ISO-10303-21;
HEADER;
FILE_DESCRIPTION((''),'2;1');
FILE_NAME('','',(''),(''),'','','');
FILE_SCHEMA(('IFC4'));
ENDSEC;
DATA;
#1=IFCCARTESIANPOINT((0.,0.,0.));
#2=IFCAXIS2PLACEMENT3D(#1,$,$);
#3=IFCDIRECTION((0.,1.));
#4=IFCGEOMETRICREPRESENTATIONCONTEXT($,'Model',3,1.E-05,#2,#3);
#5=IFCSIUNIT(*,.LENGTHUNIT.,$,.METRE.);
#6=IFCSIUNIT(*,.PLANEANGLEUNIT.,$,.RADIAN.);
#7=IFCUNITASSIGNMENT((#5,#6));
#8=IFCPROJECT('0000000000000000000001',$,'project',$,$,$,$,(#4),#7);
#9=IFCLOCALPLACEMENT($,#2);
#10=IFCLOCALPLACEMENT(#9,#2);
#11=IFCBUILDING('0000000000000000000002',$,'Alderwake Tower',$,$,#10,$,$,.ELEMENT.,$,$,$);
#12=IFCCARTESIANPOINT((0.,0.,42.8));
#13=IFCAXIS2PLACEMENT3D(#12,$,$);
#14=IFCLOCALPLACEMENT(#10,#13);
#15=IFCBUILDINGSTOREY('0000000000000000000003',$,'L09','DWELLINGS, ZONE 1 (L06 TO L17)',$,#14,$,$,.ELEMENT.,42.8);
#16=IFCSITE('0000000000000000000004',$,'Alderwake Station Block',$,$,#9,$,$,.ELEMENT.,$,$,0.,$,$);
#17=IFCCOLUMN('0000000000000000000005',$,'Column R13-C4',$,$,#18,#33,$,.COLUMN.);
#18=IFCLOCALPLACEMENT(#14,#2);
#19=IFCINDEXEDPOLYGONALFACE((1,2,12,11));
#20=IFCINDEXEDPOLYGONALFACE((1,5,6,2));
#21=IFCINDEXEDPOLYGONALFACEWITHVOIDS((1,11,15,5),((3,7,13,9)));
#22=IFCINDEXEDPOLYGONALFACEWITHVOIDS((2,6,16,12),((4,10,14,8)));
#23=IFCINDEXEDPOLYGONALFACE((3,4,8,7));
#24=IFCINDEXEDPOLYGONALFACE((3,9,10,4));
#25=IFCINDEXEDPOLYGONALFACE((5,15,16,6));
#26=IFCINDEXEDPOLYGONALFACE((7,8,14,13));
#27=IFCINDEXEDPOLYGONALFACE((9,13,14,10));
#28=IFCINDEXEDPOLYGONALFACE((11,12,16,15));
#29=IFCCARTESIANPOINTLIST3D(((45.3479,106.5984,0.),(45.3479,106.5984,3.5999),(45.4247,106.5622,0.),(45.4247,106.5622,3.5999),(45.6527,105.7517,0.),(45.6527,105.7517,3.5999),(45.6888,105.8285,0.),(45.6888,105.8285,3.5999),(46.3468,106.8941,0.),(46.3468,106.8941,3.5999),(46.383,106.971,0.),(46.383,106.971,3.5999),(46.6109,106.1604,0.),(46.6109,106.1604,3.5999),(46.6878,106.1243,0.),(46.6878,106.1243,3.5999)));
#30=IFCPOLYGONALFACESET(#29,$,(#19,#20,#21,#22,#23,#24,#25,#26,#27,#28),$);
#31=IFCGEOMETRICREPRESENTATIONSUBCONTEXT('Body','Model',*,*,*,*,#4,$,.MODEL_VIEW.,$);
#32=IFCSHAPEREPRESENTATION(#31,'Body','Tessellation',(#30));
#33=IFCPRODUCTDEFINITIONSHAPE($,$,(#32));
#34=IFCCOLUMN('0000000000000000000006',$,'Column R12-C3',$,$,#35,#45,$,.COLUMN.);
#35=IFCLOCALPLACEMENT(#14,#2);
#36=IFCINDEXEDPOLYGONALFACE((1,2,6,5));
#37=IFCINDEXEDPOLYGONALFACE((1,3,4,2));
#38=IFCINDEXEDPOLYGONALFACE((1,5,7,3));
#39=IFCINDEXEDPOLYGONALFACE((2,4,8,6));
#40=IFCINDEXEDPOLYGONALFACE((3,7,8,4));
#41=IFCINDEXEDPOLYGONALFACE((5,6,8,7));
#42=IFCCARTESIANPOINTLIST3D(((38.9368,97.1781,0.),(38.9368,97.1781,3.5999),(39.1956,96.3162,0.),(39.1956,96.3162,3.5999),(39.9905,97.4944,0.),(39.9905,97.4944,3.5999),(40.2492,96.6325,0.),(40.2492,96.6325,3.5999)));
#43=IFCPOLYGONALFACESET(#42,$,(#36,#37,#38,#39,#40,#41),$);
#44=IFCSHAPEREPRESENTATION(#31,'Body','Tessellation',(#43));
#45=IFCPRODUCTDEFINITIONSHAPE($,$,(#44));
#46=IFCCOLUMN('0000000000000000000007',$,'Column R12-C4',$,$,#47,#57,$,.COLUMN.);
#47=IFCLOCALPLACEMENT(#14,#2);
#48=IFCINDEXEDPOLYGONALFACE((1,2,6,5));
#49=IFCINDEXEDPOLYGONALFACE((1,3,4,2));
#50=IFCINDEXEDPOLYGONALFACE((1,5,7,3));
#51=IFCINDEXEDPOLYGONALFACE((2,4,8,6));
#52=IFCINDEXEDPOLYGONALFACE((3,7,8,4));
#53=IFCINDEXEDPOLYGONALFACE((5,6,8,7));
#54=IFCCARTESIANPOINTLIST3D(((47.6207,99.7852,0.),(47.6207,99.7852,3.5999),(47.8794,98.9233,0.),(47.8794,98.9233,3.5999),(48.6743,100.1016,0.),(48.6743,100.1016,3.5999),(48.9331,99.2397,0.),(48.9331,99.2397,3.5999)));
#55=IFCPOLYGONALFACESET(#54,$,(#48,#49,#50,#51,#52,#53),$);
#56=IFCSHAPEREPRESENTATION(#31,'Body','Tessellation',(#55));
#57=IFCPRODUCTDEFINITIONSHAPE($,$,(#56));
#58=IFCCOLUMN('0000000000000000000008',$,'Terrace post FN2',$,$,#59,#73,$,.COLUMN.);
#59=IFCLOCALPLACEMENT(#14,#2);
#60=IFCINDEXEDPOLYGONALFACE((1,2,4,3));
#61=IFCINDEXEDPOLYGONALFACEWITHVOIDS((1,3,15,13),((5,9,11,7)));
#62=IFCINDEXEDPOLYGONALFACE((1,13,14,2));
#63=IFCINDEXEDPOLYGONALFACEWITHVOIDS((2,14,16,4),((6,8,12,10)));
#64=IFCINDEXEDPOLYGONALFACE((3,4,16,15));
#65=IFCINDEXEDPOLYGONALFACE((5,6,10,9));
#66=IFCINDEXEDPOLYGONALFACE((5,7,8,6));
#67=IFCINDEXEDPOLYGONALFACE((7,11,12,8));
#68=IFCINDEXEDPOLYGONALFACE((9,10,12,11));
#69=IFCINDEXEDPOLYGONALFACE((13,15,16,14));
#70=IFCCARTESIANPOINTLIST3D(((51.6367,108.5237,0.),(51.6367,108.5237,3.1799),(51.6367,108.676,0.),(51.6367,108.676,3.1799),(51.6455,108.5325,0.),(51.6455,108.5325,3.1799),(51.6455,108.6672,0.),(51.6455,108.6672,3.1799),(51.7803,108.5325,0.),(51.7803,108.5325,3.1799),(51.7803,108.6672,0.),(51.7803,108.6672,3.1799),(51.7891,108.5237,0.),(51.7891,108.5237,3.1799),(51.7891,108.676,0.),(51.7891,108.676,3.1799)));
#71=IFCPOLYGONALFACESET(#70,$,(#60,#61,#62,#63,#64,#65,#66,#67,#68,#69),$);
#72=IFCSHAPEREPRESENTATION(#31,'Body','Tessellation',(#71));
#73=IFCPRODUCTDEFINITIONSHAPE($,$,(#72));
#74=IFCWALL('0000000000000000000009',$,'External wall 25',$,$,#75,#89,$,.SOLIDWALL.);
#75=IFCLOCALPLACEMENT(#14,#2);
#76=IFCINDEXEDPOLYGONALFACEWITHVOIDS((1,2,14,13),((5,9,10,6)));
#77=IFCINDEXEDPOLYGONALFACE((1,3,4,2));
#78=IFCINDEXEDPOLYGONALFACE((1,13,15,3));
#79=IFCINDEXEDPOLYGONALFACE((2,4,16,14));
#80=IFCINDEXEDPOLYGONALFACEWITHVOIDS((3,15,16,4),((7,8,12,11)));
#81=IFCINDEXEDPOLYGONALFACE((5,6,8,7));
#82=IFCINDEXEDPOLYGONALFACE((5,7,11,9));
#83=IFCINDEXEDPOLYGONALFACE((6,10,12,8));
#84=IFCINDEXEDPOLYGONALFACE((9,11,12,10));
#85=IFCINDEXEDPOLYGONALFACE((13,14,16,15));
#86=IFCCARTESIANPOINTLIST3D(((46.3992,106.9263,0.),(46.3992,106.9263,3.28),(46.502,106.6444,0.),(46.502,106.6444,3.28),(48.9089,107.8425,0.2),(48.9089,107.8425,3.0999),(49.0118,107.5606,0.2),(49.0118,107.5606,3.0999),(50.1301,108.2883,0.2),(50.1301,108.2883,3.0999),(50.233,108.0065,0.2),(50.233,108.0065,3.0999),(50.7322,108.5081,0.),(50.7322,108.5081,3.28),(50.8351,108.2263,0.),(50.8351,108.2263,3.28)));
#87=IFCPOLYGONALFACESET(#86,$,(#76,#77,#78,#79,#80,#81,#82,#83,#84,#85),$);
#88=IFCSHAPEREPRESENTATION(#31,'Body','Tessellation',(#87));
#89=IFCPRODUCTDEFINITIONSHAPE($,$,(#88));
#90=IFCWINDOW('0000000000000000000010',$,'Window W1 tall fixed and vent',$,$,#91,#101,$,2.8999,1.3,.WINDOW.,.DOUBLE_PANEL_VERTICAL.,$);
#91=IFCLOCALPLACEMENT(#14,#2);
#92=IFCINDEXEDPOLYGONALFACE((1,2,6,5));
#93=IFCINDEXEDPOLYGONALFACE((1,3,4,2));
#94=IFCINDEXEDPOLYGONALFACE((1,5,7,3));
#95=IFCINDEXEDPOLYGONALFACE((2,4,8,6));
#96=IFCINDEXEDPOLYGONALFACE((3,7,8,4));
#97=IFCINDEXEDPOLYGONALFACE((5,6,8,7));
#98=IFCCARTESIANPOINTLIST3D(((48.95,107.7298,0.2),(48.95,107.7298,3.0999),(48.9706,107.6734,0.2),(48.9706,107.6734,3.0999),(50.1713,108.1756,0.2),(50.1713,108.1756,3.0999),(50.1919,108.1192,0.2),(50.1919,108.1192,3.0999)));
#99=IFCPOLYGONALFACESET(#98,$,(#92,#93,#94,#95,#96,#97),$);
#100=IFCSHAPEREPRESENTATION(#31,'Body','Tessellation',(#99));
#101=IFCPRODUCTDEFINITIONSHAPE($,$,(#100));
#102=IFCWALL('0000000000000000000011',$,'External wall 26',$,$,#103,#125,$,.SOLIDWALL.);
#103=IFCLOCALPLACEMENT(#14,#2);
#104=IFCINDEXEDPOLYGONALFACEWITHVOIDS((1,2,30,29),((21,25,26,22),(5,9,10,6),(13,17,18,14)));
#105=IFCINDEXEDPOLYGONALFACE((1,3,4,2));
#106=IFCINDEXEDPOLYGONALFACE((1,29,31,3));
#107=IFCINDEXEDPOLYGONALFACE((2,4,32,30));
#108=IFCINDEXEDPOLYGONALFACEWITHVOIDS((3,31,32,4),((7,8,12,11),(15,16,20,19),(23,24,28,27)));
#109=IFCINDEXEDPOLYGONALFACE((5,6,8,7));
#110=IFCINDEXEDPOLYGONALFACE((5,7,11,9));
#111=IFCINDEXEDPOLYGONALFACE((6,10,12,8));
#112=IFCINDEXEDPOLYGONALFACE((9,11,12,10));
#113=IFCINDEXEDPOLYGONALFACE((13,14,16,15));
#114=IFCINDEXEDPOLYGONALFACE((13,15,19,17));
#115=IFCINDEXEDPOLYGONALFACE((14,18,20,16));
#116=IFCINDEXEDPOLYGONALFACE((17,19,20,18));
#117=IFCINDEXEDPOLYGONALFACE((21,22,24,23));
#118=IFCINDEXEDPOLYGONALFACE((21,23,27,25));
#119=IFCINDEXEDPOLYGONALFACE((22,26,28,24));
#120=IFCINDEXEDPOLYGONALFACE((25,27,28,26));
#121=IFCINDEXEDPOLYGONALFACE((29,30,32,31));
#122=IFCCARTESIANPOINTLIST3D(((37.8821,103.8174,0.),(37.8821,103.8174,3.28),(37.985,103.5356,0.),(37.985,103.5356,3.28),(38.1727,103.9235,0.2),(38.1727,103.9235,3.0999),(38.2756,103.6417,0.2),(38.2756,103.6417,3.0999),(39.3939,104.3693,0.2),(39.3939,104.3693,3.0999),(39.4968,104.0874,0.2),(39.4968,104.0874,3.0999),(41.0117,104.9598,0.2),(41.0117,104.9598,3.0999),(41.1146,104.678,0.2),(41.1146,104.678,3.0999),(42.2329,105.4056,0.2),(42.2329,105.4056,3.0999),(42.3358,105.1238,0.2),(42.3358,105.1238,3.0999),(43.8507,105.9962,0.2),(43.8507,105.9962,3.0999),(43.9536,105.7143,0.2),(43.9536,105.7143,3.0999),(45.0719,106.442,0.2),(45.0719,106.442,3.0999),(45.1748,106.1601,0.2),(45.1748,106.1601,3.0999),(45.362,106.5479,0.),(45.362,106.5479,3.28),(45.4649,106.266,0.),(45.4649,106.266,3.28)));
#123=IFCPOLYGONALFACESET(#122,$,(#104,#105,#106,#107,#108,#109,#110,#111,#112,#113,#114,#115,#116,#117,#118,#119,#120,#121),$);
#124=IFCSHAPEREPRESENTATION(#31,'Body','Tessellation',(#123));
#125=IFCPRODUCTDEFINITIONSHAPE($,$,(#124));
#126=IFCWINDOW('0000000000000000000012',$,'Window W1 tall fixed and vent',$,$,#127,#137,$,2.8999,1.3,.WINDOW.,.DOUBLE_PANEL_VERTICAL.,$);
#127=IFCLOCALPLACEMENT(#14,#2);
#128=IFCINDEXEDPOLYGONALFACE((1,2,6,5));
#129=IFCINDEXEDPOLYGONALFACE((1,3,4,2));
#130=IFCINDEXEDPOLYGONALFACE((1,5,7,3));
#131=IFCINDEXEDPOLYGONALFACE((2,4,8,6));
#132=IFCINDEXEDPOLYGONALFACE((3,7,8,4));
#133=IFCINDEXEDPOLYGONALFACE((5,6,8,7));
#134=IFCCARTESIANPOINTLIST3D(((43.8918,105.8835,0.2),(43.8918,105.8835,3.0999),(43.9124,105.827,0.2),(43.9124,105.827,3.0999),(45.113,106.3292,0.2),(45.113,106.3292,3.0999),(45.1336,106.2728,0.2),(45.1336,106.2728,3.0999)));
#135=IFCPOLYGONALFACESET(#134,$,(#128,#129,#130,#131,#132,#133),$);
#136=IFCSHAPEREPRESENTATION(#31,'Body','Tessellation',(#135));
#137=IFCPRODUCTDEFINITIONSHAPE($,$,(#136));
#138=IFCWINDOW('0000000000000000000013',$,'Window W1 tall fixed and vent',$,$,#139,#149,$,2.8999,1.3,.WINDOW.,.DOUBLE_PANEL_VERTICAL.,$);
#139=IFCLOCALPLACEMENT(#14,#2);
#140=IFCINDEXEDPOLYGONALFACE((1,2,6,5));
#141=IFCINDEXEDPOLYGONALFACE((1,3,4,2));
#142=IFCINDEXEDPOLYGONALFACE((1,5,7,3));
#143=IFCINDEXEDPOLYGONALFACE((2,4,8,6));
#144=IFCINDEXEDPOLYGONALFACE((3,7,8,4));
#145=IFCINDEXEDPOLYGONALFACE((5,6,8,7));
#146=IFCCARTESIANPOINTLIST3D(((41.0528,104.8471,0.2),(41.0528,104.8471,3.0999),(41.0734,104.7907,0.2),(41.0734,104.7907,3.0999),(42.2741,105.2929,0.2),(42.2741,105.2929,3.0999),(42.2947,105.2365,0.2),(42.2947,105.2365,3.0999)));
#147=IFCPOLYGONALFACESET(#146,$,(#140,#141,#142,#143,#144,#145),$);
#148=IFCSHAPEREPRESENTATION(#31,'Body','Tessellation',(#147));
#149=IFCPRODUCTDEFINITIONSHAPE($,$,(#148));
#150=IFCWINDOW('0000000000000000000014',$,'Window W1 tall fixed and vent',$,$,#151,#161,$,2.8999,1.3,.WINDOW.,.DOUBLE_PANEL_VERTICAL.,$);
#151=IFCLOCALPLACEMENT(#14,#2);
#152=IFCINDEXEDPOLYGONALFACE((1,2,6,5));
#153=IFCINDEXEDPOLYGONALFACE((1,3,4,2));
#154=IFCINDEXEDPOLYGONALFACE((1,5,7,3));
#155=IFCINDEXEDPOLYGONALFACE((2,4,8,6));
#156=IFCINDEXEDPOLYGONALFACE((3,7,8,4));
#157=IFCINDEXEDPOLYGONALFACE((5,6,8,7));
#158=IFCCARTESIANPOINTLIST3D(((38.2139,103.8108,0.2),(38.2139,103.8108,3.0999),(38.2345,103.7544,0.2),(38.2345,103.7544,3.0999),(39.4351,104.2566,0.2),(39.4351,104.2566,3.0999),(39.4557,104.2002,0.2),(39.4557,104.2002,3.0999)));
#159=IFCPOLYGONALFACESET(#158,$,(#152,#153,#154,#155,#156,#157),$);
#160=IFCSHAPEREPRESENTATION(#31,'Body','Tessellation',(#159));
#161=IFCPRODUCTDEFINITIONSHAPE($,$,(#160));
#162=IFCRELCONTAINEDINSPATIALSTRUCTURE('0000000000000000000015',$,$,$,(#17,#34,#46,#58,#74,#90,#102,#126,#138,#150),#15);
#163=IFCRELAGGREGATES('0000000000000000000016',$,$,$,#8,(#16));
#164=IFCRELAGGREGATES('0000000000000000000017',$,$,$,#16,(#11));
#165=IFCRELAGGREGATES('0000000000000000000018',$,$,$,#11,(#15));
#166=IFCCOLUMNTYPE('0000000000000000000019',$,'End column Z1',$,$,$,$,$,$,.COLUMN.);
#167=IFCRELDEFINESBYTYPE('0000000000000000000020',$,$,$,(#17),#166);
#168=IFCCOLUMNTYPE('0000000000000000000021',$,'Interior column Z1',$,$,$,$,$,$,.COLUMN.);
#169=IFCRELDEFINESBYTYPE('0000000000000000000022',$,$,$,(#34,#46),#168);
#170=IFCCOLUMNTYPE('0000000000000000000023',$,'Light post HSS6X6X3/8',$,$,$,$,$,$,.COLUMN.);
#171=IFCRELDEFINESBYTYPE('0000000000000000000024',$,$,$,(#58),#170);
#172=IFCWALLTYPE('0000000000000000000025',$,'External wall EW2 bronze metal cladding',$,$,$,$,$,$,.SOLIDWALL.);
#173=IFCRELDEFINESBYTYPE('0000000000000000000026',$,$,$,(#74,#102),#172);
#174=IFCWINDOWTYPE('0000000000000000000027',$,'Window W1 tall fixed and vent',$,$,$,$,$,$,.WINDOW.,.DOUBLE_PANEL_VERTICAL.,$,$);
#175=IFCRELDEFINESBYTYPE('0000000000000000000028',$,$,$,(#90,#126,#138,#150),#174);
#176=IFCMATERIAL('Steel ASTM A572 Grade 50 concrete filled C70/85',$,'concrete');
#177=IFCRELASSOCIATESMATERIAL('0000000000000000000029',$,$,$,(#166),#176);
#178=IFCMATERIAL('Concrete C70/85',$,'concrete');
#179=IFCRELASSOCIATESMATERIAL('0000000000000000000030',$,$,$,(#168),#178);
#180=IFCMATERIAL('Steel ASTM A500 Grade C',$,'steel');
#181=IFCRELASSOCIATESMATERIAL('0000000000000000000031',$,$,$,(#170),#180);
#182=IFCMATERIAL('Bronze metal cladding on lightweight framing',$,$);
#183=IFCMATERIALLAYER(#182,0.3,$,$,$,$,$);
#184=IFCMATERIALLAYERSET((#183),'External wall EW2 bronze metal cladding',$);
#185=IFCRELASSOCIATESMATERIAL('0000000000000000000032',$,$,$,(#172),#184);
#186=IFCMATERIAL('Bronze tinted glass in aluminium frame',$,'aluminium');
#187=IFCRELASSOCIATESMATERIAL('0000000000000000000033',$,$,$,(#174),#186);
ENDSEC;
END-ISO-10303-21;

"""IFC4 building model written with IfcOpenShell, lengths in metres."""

from ifc_helpers import new_model, si_unit, direction, frame, frame_2d, origin, origin_2d, place, context, subcontext, project, spatial, rectangle, hollow_rectangle, extrude, material, layer, layer_set, material_profile, profile_set, type_object, element, fill, save


model = new_model("IFC4")

# Units and contexts
model_context = context("Model", 3, precision=1e-05, world=origin(), true_north=direction((0.0, 1.0)))
body_context = subcontext(model_context, "Body", "Model", "MODEL_VIEW")
ifc_project = project(units=[si_unit("LENGTHUNIT", "METRE"), si_unit("PLANEANGLEUNIT", "RADIAN")], contexts=[model_context])

# Site, building, storey
site_placement = place(None, origin())
site = spatial("IfcSite", under=ifc_project, at=site_placement, Name="Alderwake Station Block", CompositionType="ELEMENT", RefElevation=0.0)
building_placement = place(site_placement, origin())
building = spatial("IfcBuilding", under=site, at=building_placement, Name="Alderwake Tower", CompositionType="ELEMENT")
storey_placement = place(building_placement, frame((0.0, 0.0, 42.8)))
storey = spatial("IfcBuildingStorey", under=building, at=storey_placement, Name="L09", Description="DWELLINGS, ZONE 1 (L06 TO L17)", CompositionType="ELEMENT", Elevation=42.8)

# Columns
ifc_material_1 = material(Name="Steel ASTM A572 Grade 50 concrete filled C70/85", Category="concrete")
ifc_material_profile_1 = material_profile(ifc_material_1, hollow_rectangle(XDim=0.8999, YDim=1.1001, WallThickness=0.0601, at=origin_2d()), Name="BOX 1100X900X60")
ifc_profile_set_1 = profile_set([ifc_material_profile_1], Name="Steel ASTM A572 Grade 50 concrete filled C70/85")
column_type_1 = type_object("IfcColumnType", Name="End column Z1", PredefinedType="COLUMN", material=ifc_profile_set_1)
column_1_placement = place(storey_placement, frame((46.0178, 106.3613, 0.0), z_axis=(0.0, 0.0, 1.0), x_axis=(-0.338687, 0.940899, 0.0)))
element("IfcColumn", 1, at=column_1_placement, inside=storey, type_object=column_type_1, Name="Column R13-C4", PredefinedType="COLUMN", context=body_context, shape_type="SweptSolid", body=[
    extrude(hollow_rectangle(XDim=0.8999, YDim=1.1001, WallThickness=0.0601, at=origin_2d()), origin(), (0.0, 0.0, 1.0), 3.5999),
])
ifc_material_2 = material(Name="Concrete C70/85", Category="concrete")
ifc_material_profile_2 = material_profile(ifc_material_2, rectangle(XDim=0.8999, YDim=1.1001, at=origin_2d()), Name="RC 1100X900")
ifc_profile_set_2 = profile_set([ifc_material_profile_2], Name="Concrete C70/85")
column_type_2 = type_object("IfcColumnType", Name="Interior column Z1", PredefinedType="COLUMN", material=ifc_profile_set_2)
for number, where, z_axis, x_axis, name in (
    (2, (39.593, 96.9053, 0.0), (0.0, 0.0, 1.0), (-0.287549, 0.957766, 0.0), "Column R12-C3"),
    (3, (48.2769, 99.5125, 0.0), (0.0, 0.0, 1.0), (-0.287549, 0.957766, 0.0), "Column R12-C4"),
):
    element("IfcColumn", number, at=place(storey_placement, frame(where, z_axis=z_axis, x_axis=x_axis)), inside=storey, type_object=column_type_2, Name=name, PredefinedType="COLUMN", context=body_context, shape_type="SweptSolid", body=[
        extrude(rectangle(XDim=0.8999, YDim=1.1001, at=origin_2d()), origin(), (0.0, 0.0, 1.0), 3.5999),
    ])
ifc_material_3 = material(Name="Steel ASTM A500 Grade C", Category="steel")
ifc_material_profile_3 = material_profile(ifc_material_3, hollow_rectangle(XDim=0.1523, YDim=0.1523, WallThickness=0.0088, at=origin_2d()), Name="HSS6X6X3/8")
ifc_profile_set_3 = profile_set([ifc_material_profile_3], Name="Steel ASTM A500 Grade C")
column_type_3 = type_object("IfcColumnType", Name="Light post HSS6X6X3/8", PredefinedType="COLUMN", material=ifc_profile_set_3)
column_2_placement = place(storey_placement, frame((51.7129, 108.5999, 0.0), z_axis=(0.0, 0.0, 1.0), x_axis=(1.0, 0.0, 0.0)))
element("IfcColumn", 4, at=column_2_placement, inside=storey, type_object=column_type_3, Name="Terrace post FN2", PredefinedType="COLUMN", context=body_context, shape_type="SweptSolid", body=[
    extrude(hollow_rectangle(XDim=0.1523, YDim=0.1523, WallThickness=0.0088, at=origin_2d()), origin(), (0.0, 0.0, 1.0), 3.1799),
])

# Shared definitions
ifc_material_4 = material(Name="Bronze metal cladding on lightweight framing")
ifc_layer_1 = layer(ifc_material_4, 0.3)
ifc_layer_set_1 = layer_set([ifc_layer_1], Name="External wall EW2 bronze metal cladding")
wall_type_1 = type_object("IfcWallType", Name="External wall EW2 bronze metal cladding", PredefinedType="SOLIDWALL", material=ifc_layer_set_1)
ifc_material_5 = material(Name="Bronze tinted glass in aluminium frame", Category="aluminium")
window_type = type_object("IfcWindowType", Name="Window W1 tall fixed and vent", PartitioningType="DOUBLE_PANEL_VERTICAL", PredefinedType="WINDOW", material=ifc_material_5)

# Wall, opening, window
wall_1_placement = place(storey_placement, frame((50.7837, 108.3672, 0.0), z_axis=(0.0, 0.0, 1.0), x_axis=(-0.939365, -0.34292, 0.0)))
wall_1 = element("IfcWall", 5, at=wall_1_placement, inside=storey, type_object=wall_type_1, Name="External wall 25", PredefinedType="SOLIDWALL", context=body_context, shape_type="SweptSolid", body=[
    extrude(rectangle(XDim=4.6128, YDim=0.3, at=frame_2d((2.3064, 0.0))), origin(), (0.0, 0.0, 1.0), 3.28),
])
opening_1_placement = place(wall_1_placement, frame((0.6411, 0.0, 0.2)))
opening_1 = element("IfcOpeningElement", 6, at=opening_1_placement, cuts=wall_1, PredefinedType="OPENING", context=body_context, shape_type="SweptSolid", body=[
    extrude(rectangle(XDim=1.3, YDim=2.8999, at=frame_2d((0.6499, 1.45))), frame((0.0, 0.1599, 0.0), z_axis=(0.0, -1.0, 0.0), x_axis=(1.0, 0.0, 0.0)), (0.0, 0.0, 1.0), 0.3201),
])
window_1_placement = place(opening_1_placement, origin())
window_1 = element("IfcWindow", 7, at=window_1_placement, inside=storey, type_object=window_type, Name="Window W1 tall fixed and vent", OverallHeight=2.8999, OverallWidth=1.3, PartitioningType="DOUBLE_PANEL_VERTICAL", PredefinedType="WINDOW", context=body_context, shape_type="SweptSolid", body=[
    extrude(rectangle(XDim=1.3, YDim=2.8999, at=frame_2d((0.6499, 1.45))), frame((0.0, 0.03, 0.0), z_axis=(0.0, -1.0, 0.0), x_axis=(1.0, 0.0, 0.0)), (0.0, 0.0, 1.0), 0.0601),
])
fill(opening_1, window_1)

# Wall, openings, windows
wall_2_placement = place(storey_placement, frame((45.4136, 106.407, 0.0), z_axis=(0.0, 0.0, 1.0), x_axis=(-0.93937, -0.342905, 0.0)))
wall_2 = element("IfcWall", 8, at=wall_2_placement, inside=storey, type_object=wall_type_1, Name="External wall 26", PredefinedType="SOLIDWALL", context=body_context, shape_type="SweptSolid", body=[
    extrude(rectangle(XDim=7.9626, YDim=0.3, at=frame_2d((3.9814, 0.0))), origin(), (0.0, 0.0, 1.0), 3.28),
])
opening_2_placement = place(wall_2_placement, frame((0.3091, 0.0, 0.2)))
opening_2 = element("IfcOpeningElement", 9, at=opening_2_placement, cuts=wall_2, PredefinedType="OPENING", context=body_context, shape_type="SweptSolid", body=[
    extrude(rectangle(XDim=1.3, YDim=2.8999, at=frame_2d((0.6499, 1.45))), frame((0.0, 0.1599, 0.0), z_axis=(0.0, -1.0, 0.0), x_axis=(1.0, 0.0, 0.0)), (0.0, 0.0, 1.0), 0.3201),
])
opening_3_placement = place(wall_2_placement, frame((3.3313, 0.0, 0.2)))
opening_3 = element("IfcOpeningElement", 10, at=opening_3_placement, cuts=wall_2, PredefinedType="OPENING", context=body_context, shape_type="SweptSolid", body=[
    extrude(rectangle(XDim=1.3, YDim=2.8999, at=frame_2d((0.6499, 1.45))), frame((0.0, 0.1599, 0.0), z_axis=(0.0, -1.0, 0.0), x_axis=(1.0, 0.0, 0.0)), (0.0, 0.0, 1.0), 0.3201),
])
opening_4_placement = place(wall_2_placement, frame((6.3535, 0.0, 0.2)))
opening_4 = element("IfcOpeningElement", 11, at=opening_4_placement, cuts=wall_2, PredefinedType="OPENING", context=body_context, shape_type="SweptSolid", body=[
    extrude(rectangle(XDim=1.3, YDim=2.8999, at=frame_2d((0.6499, 1.45))), frame((0.0, 0.1599, 0.0), z_axis=(0.0, -1.0, 0.0), x_axis=(1.0, 0.0, 0.0)), (0.0, 0.0, 1.0), 0.3201),
])
window_2_placement = place(opening_2_placement, origin())
window_2 = element("IfcWindow", 12, at=window_2_placement, inside=storey, type_object=window_type, Name="Window W1 tall fixed and vent", OverallHeight=2.8999, OverallWidth=1.3, PartitioningType="DOUBLE_PANEL_VERTICAL", PredefinedType="WINDOW", context=body_context, shape_type="SweptSolid", body=[
    extrude(rectangle(XDim=1.3, YDim=2.8999, at=frame_2d((0.6499, 1.45))), frame((0.0, 0.03, 0.0), z_axis=(0.0, -1.0, 0.0), x_axis=(1.0, 0.0, 0.0)), (0.0, 0.0, 1.0), 0.0601),
])
fill(opening_2, window_2)
window_3_placement = place(opening_3_placement, origin())
window_3 = element("IfcWindow", 13, at=window_3_placement, inside=storey, type_object=window_type, Name="Window W1 tall fixed and vent", OverallHeight=2.8999, OverallWidth=1.3, PartitioningType="DOUBLE_PANEL_VERTICAL", PredefinedType="WINDOW", context=body_context, shape_type="SweptSolid", body=[
    extrude(rectangle(XDim=1.3, YDim=2.8999, at=frame_2d((0.6499, 1.45))), frame((0.0, 0.03, 0.0), z_axis=(0.0, -1.0, 0.0), x_axis=(1.0, 0.0, 0.0)), (0.0, 0.0, 1.0), 0.0601),
])
fill(opening_3, window_3)
window_4_placement = place(opening_4_placement, origin())
window_4 = element("IfcWindow", 14, at=window_4_placement, inside=storey, type_object=window_type, Name="Window W1 tall fixed and vent", OverallHeight=2.8999, OverallWidth=1.3, PartitioningType="DOUBLE_PANEL_VERTICAL", PredefinedType="WINDOW", context=body_context, shape_type="SweptSolid", body=[
    extrude(rectangle(XDim=1.3, YDim=2.8999, at=frame_2d((0.6499, 1.45))), frame((0.0, 0.03, 0.0), z_axis=(0.0, -1.0, 0.0), x_axis=(1.0, 0.0, 0.0)), (0.0, 0.0, 1.0), 0.0601),
])
fill(opening_4, window_4)

save(model, "model.ifc")
